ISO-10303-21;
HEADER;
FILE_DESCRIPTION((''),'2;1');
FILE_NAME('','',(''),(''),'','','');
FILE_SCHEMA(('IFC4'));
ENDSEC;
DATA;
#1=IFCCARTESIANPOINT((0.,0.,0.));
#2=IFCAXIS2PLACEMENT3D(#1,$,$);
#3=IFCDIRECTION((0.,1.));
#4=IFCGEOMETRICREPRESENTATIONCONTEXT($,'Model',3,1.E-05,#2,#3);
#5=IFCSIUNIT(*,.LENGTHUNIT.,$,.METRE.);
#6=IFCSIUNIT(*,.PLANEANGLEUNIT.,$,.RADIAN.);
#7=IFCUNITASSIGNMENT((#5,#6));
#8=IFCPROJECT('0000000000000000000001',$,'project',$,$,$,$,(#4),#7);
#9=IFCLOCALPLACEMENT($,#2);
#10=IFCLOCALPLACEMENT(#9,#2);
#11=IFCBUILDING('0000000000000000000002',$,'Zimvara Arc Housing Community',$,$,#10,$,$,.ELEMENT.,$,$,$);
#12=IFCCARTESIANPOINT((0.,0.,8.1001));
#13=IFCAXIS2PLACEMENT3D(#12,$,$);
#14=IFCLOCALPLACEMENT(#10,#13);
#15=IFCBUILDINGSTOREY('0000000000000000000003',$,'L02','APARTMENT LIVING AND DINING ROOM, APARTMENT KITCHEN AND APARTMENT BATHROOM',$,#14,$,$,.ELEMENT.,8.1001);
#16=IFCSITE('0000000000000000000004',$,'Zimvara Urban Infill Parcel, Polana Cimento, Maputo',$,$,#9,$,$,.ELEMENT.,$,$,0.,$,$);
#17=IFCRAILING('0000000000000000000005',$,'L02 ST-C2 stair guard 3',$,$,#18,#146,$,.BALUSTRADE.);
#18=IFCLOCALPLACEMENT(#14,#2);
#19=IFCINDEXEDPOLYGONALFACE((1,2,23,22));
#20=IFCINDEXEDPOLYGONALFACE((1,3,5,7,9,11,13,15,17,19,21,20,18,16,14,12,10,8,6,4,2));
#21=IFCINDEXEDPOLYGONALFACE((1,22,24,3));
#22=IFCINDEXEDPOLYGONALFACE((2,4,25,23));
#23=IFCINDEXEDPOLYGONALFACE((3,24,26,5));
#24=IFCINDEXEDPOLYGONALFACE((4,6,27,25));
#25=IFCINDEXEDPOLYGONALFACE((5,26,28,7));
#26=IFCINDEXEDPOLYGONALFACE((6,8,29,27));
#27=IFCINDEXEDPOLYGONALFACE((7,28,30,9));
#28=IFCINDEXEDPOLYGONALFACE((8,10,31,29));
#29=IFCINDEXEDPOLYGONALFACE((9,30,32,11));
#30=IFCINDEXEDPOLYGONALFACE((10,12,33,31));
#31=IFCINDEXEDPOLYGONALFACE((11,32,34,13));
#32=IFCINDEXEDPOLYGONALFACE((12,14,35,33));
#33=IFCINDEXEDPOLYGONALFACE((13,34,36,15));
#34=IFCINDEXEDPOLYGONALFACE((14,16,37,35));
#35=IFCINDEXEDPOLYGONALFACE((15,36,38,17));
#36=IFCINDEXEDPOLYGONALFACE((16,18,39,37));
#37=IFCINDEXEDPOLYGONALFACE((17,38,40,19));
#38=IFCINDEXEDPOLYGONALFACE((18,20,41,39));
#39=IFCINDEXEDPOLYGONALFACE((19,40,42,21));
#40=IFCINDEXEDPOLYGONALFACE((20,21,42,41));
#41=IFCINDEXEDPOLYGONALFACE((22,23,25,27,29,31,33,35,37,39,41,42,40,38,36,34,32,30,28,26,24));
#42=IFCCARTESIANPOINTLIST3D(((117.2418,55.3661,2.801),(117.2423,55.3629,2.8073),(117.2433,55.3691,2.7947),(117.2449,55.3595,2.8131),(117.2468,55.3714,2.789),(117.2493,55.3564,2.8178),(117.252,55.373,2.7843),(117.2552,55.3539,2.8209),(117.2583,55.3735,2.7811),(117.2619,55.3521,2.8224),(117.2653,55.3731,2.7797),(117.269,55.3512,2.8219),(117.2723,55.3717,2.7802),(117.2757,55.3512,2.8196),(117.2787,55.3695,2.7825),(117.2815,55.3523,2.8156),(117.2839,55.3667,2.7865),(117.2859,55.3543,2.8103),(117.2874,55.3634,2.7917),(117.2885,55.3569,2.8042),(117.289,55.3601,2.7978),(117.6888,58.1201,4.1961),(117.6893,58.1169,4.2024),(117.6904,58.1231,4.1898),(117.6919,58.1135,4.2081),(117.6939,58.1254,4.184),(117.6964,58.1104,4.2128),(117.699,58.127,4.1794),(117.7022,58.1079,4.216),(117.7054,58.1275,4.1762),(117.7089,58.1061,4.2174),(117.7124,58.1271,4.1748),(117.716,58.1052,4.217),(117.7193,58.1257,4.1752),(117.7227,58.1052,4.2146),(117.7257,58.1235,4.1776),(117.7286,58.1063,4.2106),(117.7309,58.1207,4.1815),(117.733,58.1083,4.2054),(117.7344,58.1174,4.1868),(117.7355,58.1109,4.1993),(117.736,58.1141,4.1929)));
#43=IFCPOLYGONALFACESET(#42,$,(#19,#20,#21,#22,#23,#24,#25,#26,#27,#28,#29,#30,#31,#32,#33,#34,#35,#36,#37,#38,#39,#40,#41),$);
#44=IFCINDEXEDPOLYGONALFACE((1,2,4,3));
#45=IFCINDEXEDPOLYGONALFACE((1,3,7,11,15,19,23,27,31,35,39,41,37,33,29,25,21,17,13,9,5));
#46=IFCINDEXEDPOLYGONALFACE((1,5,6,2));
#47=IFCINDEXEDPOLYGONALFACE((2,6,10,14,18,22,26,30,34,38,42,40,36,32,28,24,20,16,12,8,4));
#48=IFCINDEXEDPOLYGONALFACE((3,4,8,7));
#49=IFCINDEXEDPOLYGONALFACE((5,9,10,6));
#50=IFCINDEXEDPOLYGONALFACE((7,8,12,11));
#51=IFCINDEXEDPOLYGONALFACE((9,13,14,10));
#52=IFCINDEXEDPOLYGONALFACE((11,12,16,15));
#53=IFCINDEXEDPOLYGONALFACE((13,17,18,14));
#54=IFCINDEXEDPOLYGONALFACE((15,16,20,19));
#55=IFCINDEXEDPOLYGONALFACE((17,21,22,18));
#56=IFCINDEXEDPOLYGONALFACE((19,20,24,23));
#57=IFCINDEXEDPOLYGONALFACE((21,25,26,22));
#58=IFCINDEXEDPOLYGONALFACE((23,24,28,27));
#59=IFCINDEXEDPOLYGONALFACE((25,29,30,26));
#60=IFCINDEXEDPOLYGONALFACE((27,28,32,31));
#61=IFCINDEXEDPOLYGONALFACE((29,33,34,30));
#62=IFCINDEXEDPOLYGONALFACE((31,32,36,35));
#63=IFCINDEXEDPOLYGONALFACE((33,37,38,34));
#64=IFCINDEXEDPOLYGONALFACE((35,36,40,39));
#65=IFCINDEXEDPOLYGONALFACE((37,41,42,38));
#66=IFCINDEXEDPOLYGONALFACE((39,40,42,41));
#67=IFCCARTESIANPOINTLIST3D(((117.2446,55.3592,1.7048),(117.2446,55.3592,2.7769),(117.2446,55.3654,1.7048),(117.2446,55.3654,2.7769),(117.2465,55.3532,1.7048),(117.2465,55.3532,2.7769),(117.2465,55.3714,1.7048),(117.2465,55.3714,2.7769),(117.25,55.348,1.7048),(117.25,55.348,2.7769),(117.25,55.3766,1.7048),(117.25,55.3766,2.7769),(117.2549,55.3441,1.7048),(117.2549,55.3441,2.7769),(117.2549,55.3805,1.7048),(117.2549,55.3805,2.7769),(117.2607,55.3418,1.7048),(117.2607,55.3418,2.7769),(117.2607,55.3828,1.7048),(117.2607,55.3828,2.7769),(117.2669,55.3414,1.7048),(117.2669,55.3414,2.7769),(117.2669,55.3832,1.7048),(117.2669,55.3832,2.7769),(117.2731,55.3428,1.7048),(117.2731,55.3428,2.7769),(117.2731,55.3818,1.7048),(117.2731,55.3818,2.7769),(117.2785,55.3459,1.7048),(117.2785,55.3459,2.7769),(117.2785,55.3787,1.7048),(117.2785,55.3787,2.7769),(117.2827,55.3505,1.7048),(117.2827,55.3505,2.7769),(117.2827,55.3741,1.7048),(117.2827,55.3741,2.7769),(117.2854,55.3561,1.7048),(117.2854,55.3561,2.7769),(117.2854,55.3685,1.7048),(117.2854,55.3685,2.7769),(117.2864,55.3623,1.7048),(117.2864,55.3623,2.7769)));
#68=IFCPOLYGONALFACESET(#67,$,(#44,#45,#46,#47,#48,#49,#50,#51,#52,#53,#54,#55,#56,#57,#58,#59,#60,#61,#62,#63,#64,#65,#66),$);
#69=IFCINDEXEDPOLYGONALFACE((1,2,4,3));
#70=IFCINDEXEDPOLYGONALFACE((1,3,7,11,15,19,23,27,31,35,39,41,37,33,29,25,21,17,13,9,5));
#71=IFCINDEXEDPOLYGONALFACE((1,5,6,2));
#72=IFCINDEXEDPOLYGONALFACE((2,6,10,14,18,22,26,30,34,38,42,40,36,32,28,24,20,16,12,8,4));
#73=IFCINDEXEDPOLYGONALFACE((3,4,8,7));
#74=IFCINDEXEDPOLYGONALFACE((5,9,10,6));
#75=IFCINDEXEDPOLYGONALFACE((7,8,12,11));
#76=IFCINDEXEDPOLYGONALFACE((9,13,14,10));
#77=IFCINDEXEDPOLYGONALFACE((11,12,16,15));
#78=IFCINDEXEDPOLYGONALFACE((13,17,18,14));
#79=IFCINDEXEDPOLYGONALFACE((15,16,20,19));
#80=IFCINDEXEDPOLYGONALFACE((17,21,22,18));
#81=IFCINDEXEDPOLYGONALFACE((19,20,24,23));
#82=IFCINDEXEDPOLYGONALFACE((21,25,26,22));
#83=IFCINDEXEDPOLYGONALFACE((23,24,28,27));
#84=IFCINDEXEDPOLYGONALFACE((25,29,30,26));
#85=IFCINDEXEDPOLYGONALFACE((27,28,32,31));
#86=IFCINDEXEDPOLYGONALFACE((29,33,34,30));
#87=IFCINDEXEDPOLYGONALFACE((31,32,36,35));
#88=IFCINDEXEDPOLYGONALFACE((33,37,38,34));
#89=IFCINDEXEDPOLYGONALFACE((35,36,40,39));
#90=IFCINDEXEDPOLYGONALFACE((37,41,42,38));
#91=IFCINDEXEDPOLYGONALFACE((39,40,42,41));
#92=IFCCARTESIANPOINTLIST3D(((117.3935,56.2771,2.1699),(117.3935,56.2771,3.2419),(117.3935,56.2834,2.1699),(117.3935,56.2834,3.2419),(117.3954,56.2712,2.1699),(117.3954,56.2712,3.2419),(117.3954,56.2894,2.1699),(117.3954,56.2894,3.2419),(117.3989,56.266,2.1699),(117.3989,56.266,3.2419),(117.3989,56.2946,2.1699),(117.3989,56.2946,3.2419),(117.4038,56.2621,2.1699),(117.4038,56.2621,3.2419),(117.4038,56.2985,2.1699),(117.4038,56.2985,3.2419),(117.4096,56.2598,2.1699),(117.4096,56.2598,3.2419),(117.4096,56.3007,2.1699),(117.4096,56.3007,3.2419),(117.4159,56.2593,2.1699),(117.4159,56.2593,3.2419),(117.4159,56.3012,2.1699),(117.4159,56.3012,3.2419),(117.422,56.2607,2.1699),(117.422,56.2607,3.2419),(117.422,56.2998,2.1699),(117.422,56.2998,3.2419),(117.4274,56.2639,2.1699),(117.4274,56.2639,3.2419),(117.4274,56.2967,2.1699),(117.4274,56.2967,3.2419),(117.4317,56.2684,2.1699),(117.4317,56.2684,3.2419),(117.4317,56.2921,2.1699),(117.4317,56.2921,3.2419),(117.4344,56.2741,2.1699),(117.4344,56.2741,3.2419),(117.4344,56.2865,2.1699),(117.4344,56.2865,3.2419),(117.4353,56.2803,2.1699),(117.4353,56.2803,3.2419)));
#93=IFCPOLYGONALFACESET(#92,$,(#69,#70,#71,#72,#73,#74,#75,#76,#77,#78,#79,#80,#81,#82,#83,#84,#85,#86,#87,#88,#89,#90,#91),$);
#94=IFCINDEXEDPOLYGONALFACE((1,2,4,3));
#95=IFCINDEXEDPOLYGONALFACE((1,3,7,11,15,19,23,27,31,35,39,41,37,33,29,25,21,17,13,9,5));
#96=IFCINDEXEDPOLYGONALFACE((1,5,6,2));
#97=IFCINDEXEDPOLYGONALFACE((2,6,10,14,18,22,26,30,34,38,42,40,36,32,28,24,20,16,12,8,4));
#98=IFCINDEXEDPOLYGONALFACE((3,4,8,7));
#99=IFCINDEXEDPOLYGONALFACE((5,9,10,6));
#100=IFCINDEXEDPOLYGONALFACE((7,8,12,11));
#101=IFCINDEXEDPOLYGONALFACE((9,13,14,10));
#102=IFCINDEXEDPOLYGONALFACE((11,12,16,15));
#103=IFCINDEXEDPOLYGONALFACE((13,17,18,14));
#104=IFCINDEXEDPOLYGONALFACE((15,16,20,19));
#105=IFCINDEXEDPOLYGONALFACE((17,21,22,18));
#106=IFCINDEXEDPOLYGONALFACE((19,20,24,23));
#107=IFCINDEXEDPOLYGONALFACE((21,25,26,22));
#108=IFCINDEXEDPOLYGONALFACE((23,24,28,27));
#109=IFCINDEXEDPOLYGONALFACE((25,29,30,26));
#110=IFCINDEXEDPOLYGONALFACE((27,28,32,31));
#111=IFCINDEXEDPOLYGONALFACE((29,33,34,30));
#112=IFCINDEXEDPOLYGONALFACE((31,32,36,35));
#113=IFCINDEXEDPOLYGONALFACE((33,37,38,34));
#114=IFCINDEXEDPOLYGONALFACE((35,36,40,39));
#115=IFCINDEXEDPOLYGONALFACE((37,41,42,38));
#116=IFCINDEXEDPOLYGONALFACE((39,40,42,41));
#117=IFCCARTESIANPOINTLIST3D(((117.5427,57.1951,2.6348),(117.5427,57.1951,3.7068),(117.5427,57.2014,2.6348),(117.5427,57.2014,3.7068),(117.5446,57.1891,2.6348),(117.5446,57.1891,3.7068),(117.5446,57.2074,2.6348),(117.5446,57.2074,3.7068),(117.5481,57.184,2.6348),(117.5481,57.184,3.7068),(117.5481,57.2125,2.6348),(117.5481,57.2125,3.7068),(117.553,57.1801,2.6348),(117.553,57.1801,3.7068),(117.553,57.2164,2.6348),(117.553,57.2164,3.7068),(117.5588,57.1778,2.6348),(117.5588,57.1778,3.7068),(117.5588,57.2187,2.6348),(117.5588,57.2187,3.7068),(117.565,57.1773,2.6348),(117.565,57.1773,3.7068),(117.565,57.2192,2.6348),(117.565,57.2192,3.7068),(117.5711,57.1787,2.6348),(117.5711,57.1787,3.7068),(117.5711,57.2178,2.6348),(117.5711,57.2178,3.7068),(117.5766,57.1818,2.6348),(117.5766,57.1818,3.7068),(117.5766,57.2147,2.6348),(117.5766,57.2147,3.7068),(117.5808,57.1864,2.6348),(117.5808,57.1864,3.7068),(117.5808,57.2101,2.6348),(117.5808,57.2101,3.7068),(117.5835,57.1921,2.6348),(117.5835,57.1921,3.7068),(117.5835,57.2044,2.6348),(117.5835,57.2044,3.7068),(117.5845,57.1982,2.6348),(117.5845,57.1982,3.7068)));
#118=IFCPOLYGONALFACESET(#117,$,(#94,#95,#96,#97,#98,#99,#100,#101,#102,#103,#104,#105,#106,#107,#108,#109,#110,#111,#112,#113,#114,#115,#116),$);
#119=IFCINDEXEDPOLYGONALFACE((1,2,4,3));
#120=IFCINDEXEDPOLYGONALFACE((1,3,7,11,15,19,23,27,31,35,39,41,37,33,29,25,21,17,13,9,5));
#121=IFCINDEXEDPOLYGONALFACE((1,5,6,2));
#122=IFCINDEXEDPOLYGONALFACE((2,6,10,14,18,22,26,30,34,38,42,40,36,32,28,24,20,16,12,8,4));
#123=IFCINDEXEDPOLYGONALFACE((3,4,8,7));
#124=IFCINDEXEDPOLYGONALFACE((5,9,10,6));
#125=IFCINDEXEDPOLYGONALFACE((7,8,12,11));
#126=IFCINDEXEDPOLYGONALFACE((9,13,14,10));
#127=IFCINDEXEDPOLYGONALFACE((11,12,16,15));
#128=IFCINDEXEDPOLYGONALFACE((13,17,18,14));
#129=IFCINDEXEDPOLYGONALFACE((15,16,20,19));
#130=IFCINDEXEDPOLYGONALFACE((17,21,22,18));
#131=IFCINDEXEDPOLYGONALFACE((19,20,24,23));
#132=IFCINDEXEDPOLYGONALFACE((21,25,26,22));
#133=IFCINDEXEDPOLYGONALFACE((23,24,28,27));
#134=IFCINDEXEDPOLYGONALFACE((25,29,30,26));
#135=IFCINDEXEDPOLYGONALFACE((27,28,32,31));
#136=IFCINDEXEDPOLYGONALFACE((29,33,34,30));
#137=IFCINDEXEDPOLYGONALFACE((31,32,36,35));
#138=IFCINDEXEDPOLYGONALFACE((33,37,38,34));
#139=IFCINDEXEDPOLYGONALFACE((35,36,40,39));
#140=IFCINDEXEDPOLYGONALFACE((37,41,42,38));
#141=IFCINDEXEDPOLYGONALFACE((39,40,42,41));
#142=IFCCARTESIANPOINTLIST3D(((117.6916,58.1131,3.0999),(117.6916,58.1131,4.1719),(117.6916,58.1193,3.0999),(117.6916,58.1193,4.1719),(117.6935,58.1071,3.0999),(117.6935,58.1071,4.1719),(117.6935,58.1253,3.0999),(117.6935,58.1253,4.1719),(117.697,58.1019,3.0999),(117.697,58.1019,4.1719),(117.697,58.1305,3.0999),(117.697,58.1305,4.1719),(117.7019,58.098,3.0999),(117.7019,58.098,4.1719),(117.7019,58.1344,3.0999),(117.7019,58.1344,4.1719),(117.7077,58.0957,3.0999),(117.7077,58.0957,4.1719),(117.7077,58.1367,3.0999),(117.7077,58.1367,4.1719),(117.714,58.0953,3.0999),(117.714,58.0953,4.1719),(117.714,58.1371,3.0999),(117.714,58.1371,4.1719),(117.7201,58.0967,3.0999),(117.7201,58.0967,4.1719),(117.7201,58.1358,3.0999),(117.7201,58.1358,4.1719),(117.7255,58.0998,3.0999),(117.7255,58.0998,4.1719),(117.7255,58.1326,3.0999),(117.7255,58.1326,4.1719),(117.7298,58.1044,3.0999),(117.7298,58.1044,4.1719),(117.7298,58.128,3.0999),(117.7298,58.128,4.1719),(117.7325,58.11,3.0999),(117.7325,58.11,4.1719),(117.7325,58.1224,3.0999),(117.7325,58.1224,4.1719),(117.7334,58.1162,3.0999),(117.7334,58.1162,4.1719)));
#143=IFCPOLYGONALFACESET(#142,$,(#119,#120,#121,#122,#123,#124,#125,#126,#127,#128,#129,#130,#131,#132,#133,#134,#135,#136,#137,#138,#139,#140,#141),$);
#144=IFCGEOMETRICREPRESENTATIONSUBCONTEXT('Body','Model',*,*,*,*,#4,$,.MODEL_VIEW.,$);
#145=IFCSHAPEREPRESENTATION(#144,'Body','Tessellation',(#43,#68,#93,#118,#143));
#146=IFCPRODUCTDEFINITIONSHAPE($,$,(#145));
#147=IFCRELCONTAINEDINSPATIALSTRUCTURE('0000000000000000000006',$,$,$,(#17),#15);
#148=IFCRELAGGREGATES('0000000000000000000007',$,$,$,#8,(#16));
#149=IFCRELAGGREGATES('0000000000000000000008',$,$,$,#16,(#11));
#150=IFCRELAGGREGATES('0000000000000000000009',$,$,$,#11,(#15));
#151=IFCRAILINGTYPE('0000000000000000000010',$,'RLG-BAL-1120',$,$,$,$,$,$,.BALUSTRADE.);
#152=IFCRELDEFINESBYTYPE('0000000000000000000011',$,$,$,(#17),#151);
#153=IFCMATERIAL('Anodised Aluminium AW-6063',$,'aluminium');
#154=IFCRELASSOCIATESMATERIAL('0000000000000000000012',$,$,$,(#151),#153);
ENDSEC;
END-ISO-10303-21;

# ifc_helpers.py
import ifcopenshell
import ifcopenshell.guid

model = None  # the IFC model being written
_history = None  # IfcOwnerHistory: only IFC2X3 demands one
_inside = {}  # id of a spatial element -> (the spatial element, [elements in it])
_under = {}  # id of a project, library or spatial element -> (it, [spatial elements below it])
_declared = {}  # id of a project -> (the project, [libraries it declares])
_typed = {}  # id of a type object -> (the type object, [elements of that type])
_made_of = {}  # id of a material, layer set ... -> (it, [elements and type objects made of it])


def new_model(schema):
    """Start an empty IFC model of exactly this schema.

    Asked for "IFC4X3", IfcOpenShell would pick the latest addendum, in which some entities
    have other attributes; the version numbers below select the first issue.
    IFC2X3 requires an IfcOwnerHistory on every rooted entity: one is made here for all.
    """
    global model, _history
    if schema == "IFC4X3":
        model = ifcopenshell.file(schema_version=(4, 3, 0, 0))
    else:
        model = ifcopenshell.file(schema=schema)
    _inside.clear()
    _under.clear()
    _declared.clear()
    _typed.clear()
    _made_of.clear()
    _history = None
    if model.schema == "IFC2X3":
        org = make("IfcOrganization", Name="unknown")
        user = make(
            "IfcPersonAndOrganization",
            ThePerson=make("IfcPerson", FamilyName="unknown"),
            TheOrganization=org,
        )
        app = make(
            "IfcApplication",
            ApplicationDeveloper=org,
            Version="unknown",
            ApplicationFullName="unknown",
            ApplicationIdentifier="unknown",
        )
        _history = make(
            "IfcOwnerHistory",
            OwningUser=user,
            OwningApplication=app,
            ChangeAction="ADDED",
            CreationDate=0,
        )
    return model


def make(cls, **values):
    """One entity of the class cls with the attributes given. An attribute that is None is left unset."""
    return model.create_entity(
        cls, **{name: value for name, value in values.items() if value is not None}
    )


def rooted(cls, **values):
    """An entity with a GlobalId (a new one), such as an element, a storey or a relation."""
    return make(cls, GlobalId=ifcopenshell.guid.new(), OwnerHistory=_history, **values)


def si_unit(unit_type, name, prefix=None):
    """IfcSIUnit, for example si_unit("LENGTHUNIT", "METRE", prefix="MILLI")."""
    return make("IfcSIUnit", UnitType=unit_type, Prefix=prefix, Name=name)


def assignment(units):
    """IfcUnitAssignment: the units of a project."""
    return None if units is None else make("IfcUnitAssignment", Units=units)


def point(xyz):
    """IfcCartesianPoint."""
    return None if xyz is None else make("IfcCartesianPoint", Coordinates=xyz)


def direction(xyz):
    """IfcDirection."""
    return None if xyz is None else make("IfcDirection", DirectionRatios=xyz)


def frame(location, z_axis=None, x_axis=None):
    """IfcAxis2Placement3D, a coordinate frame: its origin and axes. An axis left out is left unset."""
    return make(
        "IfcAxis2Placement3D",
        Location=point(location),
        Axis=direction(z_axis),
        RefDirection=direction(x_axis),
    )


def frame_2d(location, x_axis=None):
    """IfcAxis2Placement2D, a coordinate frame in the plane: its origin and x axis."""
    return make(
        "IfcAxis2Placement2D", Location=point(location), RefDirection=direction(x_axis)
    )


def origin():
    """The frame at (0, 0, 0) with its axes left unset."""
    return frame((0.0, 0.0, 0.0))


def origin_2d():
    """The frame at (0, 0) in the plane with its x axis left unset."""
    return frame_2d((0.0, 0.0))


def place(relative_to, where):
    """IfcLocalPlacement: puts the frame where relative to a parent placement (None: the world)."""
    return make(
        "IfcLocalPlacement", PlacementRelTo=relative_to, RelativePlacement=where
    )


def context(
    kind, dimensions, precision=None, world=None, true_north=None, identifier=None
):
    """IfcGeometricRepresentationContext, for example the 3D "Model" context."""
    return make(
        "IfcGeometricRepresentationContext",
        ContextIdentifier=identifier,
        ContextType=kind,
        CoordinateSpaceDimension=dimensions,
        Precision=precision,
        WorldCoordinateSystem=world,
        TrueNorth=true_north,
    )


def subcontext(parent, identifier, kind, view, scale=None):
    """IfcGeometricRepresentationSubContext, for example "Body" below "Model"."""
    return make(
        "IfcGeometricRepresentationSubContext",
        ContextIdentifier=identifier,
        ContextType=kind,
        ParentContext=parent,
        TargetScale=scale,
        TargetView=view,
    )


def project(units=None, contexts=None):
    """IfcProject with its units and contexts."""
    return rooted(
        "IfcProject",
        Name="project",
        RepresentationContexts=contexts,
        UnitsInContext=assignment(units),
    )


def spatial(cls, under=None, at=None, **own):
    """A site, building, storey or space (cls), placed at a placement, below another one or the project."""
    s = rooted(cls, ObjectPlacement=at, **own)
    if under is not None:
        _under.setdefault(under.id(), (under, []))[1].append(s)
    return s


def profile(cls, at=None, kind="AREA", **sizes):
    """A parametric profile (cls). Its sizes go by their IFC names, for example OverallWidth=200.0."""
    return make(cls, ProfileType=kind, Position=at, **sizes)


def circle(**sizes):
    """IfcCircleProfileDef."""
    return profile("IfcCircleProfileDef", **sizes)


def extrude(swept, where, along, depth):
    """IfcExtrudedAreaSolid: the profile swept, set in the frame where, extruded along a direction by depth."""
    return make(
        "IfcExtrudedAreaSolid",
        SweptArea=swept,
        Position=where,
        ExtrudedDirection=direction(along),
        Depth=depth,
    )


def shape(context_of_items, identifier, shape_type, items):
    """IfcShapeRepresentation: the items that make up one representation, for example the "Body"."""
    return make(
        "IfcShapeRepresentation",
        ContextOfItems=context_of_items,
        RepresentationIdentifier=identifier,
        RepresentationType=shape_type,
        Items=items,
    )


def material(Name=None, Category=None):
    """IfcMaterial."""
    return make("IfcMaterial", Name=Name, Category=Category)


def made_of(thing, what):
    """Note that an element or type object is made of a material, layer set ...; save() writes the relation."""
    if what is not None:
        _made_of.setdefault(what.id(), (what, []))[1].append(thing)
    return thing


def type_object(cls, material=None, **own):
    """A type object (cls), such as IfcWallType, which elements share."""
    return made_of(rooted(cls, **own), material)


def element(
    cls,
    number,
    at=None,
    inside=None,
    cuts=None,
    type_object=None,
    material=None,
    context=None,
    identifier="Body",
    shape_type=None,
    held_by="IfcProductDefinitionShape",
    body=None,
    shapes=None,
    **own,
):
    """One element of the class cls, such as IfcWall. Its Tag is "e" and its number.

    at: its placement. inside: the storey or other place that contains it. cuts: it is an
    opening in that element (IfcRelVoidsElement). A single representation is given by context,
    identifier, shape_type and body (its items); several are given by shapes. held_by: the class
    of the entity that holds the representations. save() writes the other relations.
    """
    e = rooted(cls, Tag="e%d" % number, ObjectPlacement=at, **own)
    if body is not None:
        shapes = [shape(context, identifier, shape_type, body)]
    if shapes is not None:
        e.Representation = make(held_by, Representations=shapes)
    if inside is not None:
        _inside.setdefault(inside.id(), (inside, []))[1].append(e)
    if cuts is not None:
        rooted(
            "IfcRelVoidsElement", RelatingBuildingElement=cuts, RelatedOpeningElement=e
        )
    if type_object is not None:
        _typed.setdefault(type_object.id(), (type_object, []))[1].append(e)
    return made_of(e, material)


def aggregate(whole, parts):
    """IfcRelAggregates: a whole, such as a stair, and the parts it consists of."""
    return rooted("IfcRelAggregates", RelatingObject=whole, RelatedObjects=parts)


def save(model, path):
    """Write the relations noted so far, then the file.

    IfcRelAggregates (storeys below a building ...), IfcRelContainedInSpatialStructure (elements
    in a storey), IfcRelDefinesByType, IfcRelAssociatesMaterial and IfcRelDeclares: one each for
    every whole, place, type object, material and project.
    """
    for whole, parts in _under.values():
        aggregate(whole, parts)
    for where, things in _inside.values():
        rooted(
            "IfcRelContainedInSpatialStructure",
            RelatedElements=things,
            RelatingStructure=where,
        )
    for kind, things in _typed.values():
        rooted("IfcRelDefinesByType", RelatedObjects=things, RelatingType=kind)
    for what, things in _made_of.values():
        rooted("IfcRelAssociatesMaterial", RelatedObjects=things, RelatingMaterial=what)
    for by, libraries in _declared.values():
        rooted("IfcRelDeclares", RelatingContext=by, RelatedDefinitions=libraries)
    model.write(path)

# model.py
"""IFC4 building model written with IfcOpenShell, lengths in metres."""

from ifc_helpers import new_model, si_unit, direction, frame, origin, origin_2d, place, context, subcontext, project, spatial, circle, extrude, material, type_object, element, save


model = new_model("IFC4")

# Units and contexts
model_context = context("Model", 3, precision=1e-05, world=origin(), true_north=direction((0.0, 1.0)))
body_context = subcontext(model_context, "Body", "Model", "MODEL_VIEW")
ifc_project = project(units=[si_unit("LENGTHUNIT", "METRE"), si_unit("PLANEANGLEUNIT", "RADIAN")], contexts=[model_context])

# Site, building, storey
site_placement = place(None, origin())
site = spatial("IfcSite", under=ifc_project, at=site_placement, Name="Zimvara Urban Infill Parcel, Polana Cimento, Maputo", CompositionType="ELEMENT", RefElevation=0.0)
building_placement = place(site_placement, origin())
building = spatial("IfcBuilding", under=site, at=building_placement, Name="Zimvara Arc Housing Community", CompositionType="ELEMENT")
storey_placement = place(building_placement, frame((0.0, 0.0, 8.1001)))
storey = spatial("IfcBuildingStorey", under=building, at=storey_placement, Name="L02", Description="APARTMENT LIVING AND DINING ROOM, APARTMENT KITCHEN AND APARTMENT BATHROOM", CompositionType="ELEMENT", Elevation=8.1001)

# Railing
ifc_material_1 = material(Name="Anodised Aluminium AW-6063", Category="aluminium")
railing_type_1 = type_object("IfcRailingType", Name="RLG-BAL-1120", PredefinedType="BALUSTRADE", material=ifc_material_1)
railing_1_placement = place(storey_placement, frame((117.2654, 55.3623, 1.7048)))
element("IfcRailing", 1, at=railing_1_placement, inside=storey, type_object=railing_type_1, Name="L02 ST-C2 stair guard 3", PredefinedType="BALUSTRADE", context=body_context, shape_type="SweptSolid", body=[
    extrude(circle(Radius=0.0239, at=origin_2d()), frame((0.0, 0.0, 1.0962), z_axis=(0.143309, 0.882866, 0.447225), x_axis=(-0.98708, 0.160226, 0.0)), (0.0, 0.0, 1.0), 3.1194),
    extrude(circle(Radius=0.021, at=origin_2d()), origin(), (0.0, 0.0, 1.0), 1.072),
    extrude(circle(Radius=0.021, at=origin_2d()), frame((0.1489, 0.918, 0.4651)), (0.0, 0.0, 1.0), 1.072),
    extrude(circle(Radius=0.021, at=origin_2d()), frame((0.2981, 1.8359, 0.9299)), (0.0, 0.0, 1.0), 1.072),
    extrude(circle(Radius=0.021, at=origin_2d()), frame((0.447, 2.7539, 1.395)), (0.0, 0.0, 1.0), 1.072),
])

save(model, "model.ifc")
